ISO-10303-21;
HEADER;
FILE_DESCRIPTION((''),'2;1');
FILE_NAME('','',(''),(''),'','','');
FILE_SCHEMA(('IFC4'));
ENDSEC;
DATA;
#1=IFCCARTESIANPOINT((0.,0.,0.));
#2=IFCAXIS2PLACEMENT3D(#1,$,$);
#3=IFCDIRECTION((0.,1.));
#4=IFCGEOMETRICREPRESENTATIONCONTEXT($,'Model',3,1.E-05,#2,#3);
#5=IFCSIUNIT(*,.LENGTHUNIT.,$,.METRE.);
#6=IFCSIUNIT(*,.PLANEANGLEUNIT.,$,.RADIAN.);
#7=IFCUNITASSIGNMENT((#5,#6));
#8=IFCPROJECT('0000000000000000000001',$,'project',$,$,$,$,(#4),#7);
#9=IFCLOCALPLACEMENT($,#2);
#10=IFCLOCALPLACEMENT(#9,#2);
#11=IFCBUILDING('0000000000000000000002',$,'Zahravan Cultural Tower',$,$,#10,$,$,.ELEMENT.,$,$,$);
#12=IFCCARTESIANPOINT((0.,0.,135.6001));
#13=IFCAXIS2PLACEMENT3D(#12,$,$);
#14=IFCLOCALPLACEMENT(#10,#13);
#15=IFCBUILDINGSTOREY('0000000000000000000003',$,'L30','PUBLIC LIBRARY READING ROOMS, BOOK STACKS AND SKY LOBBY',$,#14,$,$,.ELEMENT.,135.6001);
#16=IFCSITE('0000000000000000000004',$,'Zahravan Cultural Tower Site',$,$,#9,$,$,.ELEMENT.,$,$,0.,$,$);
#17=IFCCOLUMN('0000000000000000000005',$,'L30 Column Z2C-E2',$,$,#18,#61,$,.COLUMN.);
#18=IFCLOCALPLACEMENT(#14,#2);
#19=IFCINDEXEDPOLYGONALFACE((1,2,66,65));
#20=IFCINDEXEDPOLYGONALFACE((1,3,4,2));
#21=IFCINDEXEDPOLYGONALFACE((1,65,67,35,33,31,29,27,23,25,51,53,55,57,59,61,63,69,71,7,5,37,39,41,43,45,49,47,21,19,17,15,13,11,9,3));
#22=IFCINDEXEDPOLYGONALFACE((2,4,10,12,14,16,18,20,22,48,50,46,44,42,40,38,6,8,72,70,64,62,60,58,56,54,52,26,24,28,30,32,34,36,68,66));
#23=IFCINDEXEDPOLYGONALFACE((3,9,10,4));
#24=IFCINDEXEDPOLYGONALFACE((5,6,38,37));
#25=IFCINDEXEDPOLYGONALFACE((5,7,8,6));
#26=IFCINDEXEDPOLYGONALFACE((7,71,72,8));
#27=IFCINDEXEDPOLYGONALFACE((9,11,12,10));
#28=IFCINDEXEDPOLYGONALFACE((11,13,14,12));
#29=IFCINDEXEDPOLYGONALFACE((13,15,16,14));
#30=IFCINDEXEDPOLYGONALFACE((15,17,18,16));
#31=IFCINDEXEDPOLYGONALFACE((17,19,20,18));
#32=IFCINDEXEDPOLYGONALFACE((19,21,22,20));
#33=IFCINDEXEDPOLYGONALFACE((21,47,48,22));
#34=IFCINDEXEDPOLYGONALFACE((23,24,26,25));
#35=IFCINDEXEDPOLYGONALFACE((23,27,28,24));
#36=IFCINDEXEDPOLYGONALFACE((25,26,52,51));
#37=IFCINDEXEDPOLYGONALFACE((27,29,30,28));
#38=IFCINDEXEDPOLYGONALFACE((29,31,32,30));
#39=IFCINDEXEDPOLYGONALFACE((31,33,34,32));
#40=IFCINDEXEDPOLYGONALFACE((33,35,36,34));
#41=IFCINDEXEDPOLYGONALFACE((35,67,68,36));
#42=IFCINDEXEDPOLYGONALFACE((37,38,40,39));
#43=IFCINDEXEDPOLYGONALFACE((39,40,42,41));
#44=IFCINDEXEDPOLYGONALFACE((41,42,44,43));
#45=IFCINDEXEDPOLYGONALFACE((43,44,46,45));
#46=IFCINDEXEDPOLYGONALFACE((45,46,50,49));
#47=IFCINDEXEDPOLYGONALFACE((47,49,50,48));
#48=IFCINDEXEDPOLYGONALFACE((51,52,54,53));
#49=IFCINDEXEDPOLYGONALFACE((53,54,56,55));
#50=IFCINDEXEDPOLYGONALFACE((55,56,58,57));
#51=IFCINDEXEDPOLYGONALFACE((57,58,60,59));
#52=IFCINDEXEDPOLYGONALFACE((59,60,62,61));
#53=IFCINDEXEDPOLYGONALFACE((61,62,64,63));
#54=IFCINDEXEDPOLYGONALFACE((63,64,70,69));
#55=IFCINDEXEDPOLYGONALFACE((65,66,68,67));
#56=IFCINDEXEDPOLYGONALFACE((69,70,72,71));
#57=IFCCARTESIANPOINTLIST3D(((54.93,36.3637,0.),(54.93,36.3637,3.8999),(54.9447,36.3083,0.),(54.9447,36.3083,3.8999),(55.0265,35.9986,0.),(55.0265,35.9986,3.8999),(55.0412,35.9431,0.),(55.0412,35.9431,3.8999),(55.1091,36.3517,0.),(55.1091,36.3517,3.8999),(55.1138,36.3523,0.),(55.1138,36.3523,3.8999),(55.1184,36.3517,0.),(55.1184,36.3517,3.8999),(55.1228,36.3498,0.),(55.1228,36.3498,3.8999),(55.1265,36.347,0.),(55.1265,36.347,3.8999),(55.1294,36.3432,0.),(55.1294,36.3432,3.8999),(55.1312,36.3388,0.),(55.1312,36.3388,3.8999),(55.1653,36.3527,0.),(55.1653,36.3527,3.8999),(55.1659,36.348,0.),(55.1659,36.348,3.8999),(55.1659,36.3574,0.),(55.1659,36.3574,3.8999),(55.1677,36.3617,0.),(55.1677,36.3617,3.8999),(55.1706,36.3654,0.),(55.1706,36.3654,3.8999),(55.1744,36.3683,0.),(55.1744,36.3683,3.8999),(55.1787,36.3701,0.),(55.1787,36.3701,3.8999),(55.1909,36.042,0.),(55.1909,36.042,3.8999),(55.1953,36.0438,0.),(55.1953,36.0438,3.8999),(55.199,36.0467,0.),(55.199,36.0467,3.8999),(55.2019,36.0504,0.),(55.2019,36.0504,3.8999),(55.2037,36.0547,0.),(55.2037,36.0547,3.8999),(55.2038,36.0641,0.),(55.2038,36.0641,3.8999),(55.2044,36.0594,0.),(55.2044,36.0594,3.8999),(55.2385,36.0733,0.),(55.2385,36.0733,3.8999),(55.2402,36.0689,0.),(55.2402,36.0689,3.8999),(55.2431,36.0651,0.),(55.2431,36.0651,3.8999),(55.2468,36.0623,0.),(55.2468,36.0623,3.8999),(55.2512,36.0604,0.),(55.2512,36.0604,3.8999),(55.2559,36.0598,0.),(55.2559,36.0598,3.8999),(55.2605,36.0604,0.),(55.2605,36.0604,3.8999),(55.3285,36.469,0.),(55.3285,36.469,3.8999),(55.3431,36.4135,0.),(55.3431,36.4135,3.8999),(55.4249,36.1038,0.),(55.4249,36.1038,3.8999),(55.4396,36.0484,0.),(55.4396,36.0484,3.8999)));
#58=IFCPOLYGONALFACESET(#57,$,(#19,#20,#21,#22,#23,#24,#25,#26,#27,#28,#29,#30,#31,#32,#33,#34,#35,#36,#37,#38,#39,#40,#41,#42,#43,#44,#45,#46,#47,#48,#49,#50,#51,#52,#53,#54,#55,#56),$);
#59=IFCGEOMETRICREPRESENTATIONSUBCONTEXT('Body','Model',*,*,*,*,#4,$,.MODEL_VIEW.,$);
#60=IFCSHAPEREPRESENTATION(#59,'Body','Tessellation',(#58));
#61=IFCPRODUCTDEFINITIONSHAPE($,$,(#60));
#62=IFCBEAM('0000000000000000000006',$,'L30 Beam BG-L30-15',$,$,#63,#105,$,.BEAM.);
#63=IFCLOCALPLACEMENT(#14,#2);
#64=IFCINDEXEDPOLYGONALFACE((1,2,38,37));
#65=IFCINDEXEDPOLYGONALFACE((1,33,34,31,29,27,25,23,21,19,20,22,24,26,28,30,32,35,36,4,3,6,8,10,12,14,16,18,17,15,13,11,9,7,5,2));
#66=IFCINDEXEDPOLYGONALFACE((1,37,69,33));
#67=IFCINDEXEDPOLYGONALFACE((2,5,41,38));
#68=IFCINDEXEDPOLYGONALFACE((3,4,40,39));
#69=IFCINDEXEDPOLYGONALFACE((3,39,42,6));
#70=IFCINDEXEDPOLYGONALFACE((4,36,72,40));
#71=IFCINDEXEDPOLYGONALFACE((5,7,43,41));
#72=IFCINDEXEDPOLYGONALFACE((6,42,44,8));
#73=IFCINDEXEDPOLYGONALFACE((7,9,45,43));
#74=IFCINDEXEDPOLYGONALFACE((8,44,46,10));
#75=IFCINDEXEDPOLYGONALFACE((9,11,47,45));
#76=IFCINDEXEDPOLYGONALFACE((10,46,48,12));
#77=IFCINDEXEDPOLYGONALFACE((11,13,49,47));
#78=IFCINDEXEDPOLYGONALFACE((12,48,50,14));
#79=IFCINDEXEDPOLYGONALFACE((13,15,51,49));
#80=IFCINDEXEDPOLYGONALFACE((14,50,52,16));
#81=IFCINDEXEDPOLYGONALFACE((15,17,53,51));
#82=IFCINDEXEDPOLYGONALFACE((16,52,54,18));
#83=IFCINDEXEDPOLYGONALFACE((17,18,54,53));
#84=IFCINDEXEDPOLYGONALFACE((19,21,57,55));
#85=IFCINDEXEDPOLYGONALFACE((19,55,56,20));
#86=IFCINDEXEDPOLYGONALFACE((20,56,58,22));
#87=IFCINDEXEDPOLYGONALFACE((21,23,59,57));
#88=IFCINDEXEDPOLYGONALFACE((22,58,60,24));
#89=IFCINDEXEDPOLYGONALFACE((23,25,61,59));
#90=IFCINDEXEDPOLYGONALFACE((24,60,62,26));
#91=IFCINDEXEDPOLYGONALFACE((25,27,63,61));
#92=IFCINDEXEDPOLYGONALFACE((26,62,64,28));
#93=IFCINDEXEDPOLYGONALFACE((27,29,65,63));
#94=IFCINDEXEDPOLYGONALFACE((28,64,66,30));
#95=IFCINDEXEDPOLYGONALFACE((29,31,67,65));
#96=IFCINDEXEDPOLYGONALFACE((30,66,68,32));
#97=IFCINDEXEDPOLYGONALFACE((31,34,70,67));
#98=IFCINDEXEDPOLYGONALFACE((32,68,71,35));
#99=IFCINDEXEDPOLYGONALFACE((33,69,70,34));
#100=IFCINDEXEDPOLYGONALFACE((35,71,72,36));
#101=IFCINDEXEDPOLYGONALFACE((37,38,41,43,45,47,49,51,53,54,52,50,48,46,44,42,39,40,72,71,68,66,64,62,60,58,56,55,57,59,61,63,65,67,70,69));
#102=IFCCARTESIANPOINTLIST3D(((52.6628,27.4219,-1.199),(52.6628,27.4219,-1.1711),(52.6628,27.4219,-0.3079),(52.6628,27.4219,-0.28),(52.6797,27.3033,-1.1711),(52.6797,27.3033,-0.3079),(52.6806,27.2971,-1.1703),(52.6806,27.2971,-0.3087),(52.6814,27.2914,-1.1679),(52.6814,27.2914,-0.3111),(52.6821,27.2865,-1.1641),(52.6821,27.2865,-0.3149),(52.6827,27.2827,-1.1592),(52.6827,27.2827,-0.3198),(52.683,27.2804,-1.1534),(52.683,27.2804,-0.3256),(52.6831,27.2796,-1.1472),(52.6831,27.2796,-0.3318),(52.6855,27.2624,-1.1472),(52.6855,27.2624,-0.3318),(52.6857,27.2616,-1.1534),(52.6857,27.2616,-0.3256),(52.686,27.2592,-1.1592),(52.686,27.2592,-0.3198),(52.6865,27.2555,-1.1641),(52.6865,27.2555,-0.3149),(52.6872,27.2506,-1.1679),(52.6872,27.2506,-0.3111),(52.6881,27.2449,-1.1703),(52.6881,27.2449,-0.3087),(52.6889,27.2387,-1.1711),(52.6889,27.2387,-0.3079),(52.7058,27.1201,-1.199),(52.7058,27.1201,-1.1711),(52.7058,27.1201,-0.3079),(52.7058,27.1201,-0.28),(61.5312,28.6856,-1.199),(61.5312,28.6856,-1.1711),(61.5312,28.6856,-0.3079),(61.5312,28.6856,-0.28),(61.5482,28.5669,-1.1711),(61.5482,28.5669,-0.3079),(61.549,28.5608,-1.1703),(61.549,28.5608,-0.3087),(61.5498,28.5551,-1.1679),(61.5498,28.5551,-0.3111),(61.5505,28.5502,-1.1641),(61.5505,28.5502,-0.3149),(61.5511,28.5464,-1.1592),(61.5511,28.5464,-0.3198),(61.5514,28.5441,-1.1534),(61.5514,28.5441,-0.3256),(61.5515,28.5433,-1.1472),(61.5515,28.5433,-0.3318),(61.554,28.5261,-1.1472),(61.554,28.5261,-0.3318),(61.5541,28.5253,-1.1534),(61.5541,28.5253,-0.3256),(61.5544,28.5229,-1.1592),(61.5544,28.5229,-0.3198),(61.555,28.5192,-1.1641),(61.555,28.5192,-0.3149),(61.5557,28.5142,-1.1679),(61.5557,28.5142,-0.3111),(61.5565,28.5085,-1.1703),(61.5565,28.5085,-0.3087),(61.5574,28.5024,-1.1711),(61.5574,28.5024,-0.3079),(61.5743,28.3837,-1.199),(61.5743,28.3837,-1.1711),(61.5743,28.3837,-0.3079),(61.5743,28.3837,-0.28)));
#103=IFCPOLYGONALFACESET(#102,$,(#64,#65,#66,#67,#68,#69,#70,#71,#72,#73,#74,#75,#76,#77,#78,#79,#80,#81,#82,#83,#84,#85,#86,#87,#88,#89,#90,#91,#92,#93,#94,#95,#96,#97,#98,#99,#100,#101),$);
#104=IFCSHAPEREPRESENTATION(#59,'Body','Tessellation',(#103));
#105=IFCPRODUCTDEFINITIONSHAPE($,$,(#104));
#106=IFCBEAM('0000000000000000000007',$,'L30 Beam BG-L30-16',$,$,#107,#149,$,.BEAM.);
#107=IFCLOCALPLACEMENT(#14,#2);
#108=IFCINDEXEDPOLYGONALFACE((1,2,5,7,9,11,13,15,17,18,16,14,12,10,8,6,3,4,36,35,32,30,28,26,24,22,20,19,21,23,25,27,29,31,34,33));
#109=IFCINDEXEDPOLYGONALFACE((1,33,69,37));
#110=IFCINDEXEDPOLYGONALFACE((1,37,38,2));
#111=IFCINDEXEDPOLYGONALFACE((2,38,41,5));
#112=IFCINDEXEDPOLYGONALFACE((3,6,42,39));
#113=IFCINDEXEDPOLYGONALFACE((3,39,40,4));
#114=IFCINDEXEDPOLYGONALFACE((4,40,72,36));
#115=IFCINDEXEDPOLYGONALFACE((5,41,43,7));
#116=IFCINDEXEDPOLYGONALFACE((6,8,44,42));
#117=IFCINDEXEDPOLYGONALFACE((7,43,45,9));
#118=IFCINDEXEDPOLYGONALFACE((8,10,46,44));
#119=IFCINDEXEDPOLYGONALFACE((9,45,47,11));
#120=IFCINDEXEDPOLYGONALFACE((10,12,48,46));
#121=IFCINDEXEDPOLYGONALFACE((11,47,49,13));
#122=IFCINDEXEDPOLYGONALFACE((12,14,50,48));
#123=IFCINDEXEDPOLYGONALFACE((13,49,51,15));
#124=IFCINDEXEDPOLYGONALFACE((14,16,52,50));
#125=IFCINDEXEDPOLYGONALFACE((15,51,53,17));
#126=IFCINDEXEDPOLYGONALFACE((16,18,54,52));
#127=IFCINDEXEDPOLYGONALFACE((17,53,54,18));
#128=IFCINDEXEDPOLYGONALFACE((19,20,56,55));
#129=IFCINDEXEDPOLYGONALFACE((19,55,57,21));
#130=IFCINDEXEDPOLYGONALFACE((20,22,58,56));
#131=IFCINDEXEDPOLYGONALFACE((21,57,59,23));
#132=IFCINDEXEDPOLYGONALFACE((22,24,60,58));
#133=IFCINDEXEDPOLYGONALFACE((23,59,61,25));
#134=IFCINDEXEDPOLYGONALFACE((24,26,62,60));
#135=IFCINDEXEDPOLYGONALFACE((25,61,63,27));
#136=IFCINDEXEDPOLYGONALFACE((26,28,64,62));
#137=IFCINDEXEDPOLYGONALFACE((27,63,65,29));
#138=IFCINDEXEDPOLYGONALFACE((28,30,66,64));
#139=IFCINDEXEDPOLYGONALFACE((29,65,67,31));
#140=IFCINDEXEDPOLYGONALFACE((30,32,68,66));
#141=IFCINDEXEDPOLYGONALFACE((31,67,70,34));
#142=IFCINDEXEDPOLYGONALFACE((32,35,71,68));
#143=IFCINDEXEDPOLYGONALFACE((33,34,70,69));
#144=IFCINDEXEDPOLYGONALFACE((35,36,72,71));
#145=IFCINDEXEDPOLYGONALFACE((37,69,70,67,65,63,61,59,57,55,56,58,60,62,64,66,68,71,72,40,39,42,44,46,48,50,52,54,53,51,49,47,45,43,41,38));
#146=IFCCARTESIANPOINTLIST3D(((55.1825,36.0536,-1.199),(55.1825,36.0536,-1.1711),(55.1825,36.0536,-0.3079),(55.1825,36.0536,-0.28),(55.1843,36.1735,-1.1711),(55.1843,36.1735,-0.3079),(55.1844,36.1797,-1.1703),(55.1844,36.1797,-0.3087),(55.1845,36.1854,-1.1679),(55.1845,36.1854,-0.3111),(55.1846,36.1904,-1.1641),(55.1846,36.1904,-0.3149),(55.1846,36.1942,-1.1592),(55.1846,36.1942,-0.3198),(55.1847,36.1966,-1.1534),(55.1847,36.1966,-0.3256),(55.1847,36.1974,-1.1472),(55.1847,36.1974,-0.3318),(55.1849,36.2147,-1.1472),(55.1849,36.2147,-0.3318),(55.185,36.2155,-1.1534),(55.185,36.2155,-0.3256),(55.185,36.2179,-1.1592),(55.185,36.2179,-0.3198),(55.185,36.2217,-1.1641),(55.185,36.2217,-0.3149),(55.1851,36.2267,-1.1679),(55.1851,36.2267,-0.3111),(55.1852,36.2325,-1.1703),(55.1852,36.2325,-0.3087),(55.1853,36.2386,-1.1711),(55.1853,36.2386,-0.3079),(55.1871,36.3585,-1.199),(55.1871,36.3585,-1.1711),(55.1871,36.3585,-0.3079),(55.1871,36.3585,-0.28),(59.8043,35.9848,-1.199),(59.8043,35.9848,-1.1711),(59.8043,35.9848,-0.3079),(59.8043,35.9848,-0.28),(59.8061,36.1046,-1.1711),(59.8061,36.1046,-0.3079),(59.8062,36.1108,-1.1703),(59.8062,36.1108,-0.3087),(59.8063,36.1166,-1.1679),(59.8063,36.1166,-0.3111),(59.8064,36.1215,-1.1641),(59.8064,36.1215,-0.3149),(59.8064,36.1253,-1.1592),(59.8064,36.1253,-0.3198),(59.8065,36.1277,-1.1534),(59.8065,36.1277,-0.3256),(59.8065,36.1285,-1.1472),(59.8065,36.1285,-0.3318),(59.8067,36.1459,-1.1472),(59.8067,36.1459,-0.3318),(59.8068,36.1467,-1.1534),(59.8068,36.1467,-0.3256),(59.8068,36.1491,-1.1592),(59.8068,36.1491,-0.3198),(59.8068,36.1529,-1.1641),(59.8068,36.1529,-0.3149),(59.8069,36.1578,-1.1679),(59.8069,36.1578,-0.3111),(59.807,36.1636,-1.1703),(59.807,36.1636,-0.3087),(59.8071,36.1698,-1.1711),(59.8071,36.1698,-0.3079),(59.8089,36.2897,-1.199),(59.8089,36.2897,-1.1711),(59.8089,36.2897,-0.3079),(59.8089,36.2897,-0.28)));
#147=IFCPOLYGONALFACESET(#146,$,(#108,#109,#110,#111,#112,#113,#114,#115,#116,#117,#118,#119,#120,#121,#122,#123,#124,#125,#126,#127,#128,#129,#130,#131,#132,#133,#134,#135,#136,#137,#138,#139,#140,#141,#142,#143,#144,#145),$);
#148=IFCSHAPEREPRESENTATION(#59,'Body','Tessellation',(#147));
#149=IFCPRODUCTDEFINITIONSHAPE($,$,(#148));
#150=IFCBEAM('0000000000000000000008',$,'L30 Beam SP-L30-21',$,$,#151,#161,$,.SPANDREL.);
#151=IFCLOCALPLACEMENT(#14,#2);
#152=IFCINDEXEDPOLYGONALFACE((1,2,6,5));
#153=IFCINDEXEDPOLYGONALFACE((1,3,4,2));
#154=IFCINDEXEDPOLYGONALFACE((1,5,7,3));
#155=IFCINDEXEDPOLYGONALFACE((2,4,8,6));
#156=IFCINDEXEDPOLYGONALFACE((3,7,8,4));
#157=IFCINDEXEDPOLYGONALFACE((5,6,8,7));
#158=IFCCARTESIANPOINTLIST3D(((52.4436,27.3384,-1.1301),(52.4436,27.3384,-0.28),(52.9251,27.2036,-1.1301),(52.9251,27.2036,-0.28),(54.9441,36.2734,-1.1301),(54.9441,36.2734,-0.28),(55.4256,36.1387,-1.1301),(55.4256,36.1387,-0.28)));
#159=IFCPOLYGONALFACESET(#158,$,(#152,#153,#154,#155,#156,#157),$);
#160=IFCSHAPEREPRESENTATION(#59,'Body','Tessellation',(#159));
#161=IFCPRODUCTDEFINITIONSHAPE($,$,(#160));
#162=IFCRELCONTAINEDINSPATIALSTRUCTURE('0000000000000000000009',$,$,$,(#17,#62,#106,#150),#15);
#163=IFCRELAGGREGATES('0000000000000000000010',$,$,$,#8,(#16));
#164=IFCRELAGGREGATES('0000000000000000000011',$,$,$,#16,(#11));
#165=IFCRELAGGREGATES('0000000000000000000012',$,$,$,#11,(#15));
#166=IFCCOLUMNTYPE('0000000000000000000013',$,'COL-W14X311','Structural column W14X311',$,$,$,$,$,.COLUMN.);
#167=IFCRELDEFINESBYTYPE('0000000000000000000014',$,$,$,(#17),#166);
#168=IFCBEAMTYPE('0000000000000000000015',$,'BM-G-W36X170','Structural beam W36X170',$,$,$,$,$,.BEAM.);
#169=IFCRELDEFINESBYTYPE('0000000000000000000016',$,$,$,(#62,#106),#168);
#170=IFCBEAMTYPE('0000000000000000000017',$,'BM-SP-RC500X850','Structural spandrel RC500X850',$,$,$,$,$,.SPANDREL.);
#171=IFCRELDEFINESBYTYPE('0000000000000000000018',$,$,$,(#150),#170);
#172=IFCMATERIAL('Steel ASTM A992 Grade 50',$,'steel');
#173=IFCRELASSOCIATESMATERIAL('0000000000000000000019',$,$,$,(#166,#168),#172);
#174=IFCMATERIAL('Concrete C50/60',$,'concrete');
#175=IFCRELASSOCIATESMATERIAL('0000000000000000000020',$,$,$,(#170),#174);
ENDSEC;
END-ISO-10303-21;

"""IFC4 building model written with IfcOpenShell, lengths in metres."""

from ifc_helpers import new_model, si_unit, direction, frame, origin, origin_2d, place, context, subcontext, project, spatial, rectangle, i_section, extrude, source, transform, mapped, material, material_profile, profile_set, type_object, element, save


model = new_model("IFC4")

# Units and contexts
model_context = context("Model", 3, precision=1e-05, world=origin(), true_north=direction((0.0, 1.0)))
body_context = subcontext(model_context, "Body", "Model", "MODEL_VIEW")
ifc_project = project(units=[si_unit("LENGTHUNIT", "METRE"), si_unit("PLANEANGLEUNIT", "RADIAN")], contexts=[model_context])

# Site, building, storey
site_placement = place(None, origin())
site = spatial("IfcSite", under=ifc_project, at=site_placement, Name="Zahravan Cultural Tower Site", CompositionType="ELEMENT", RefElevation=0.0)
building_placement = place(site_placement, origin())
building = spatial("IfcBuilding", under=site, at=building_placement, Name="Zahravan Cultural Tower", CompositionType="ELEMENT")
storey_placement = place(building_placement, frame((0.0, 0.0, 135.6001)))
storey = spatial("IfcBuildingStorey", under=building, at=storey_placement, Name="L30", Description="PUBLIC LIBRARY READING ROOMS, BOOK STACKS AND SKY LOBBY", CompositionType="ELEMENT", Elevation=135.6001)

# Column
ifc_material_1 = material(Name="Steel ASTM A992 Grade 50", Category="steel")
ifc_material_profile_1 = material_profile(ifc_material_1, i_section(OverallWidth=0.4121, OverallDepth=0.4351, WebThickness=0.0359, FlangeThickness=0.0574, FilletRadius=0.0181, at=origin_2d()), Name="W14X311")
ifc_profile_set_1 = profile_set([ifc_material_profile_1], Name="Steel ASTM A992 Grade 50")
column_type = type_object("IfcColumnType", Name="COL-W14X311", Description="Structural column W14X311", PredefinedType="COLUMN", material=ifc_profile_set_1)
shared_shape_1 = source(origin(), body_context, "Body", "SweptSolid", [
    extrude(i_section(OverallWidth=0.4121, OverallDepth=0.4351, WebThickness=0.0359, FlangeThickness=0.0574, FilletRadius=0.0181, at=origin_2d()), origin(), (0.0, 0.0, 1.0), 3.8999),
])
column_placement = place(storey_placement, frame((55.1848, 36.2061, 0.0), z_axis=(0.0, 0.0, 1.0), x_axis=(0.966823, 0.255446, 0.0)))
element("IfcColumn", 1, at=column_placement, inside=storey, type_object=column_type, Name="L30 Column Z2C-E2", PredefinedType="COLUMN", context=body_context, shape_type="MappedRepresentation", body=[
    mapped(shared_shape_1, transform((0.0, 0.0, 0.0), x_axis=(1.0, 0.0, 0.0), y_axis=(0.0, 1.0, 0.0), z_axis=(0.0, 0.0, 1.0), scale=1.0)),
])

# Beams
ifc_material_profile_2 = material_profile(ifc_material_1, i_section(OverallWidth=0.3049, OverallDepth=0.9189, WebThickness=0.0173, FlangeThickness=0.0278, FilletRadius=0.0239, at=origin_2d()), Name="W36X170")
ifc_profile_set_2 = profile_set([ifc_material_profile_2], Name="Steel ASTM A992 Grade 50")
beam_type_1 = type_object("IfcBeamType", Name="BM-G-W36X170", Description="Structural beam W36X170", PredefinedType="BEAM", material=ifc_profile_set_2)
shared_shape_2 = source(origin(), body_context, "Body", "SweptSolid", [
    extrude(i_section(OverallWidth=0.3049, OverallDepth=0.9189, WebThickness=0.0173, FlangeThickness=0.0278, FilletRadius=0.0239, at=origin_2d()), origin(), (0.0, 0.0, 1.0), 8.958),
])
beam_1_placement = place(storey_placement, frame((52.6843, 27.271, -0.7395), z_axis=(0.99, 0.141067, 0.0), x_axis=(-0.141067, 0.99, 0.0)))
element("IfcBeam", 2, at=beam_1_placement, inside=storey, type_object=beam_type_1, Name="L30 Beam BG-L30-15", PredefinedType="BEAM", context=body_context, shape_type="MappedRepresentation", body=[
    mapped(shared_shape_2, transform((0.0, 0.0, 0.0), x_axis=(1.0, 0.0, 0.0), y_axis=(0.0, 1.0, 0.0), z_axis=(0.0, 0.0, 1.0), scale=1.0)),
])
shared_shape_3 = source(origin(), body_context, "Body", "SweptSolid", [
    extrude(i_section(OverallWidth=0.3049, OverallDepth=0.9189, WebThickness=0.0173, FlangeThickness=0.0278, FilletRadius=0.0239, at=origin_2d()), origin(), (0.0, 0.0, 1.0), 4.6223),
])
beam_2_placement = place(storey_placement, frame((55.1848, 36.2061, -0.7395), z_axis=(0.999889, -0.014895, 0.0), x_axis=(0.014895, 0.999889, 0.0)))
element("IfcBeam", 3, at=beam_2_placement, inside=storey, type_object=beam_type_1, Name="L30 Beam BG-L30-16", PredefinedType="BEAM", context=body_context, shape_type="MappedRepresentation", body=[
    mapped(shared_shape_3, transform((0.0, 0.0, 0.0), x_axis=(1.0, 0.0, 0.0), y_axis=(0.0, 1.0, 0.0), z_axis=(0.0, 0.0, 1.0), scale=1.0)),
])
ifc_material_2 = material(Name="Concrete C50/60", Category="concrete")
ifc_material_profile_3 = material_profile(ifc_material_2, rectangle(XDim=0.5, YDim=0.8501, at=origin_2d()), Name="RC500X850")
ifc_profile_set_3 = profile_set([ifc_material_profile_3], Name="Concrete C50/60")
beam_type_2 = type_object("IfcBeamType", Name="BM-SP-RC500X850", Description="Structural spandrel RC500X850", PredefinedType="SPANDREL", material=ifc_profile_set_3)
shared_shape_4 = source(origin(), body_context, "Body", "SweptSolid", [
    extrude(rectangle(XDim=0.5, YDim=0.8501, at=origin_2d()), origin(), (0.0, 0.0, 1.0), 9.2783),
])
beam_3_placement = place(storey_placement, frame((52.6843, 27.271, -0.7051), z_axis=(0.269497, 0.963001, 0.0), x_axis=(-0.963001, 0.269497, 0.0)))
element("IfcBeam", 4, at=beam_3_placement, inside=storey, type_object=beam_type_2, Name="L30 Beam SP-L30-21", PredefinedType="SPANDREL", context=body_context, shape_type="MappedRepresentation", body=[
    mapped(shared_shape_4, transform((0.0, 0.0, 0.0), x_axis=(1.0, 0.0, 0.0), y_axis=(0.0, 1.0, 0.0), z_axis=(0.0, 0.0, 1.0), scale=1.0)),
])

save(model, "model.ifc")
